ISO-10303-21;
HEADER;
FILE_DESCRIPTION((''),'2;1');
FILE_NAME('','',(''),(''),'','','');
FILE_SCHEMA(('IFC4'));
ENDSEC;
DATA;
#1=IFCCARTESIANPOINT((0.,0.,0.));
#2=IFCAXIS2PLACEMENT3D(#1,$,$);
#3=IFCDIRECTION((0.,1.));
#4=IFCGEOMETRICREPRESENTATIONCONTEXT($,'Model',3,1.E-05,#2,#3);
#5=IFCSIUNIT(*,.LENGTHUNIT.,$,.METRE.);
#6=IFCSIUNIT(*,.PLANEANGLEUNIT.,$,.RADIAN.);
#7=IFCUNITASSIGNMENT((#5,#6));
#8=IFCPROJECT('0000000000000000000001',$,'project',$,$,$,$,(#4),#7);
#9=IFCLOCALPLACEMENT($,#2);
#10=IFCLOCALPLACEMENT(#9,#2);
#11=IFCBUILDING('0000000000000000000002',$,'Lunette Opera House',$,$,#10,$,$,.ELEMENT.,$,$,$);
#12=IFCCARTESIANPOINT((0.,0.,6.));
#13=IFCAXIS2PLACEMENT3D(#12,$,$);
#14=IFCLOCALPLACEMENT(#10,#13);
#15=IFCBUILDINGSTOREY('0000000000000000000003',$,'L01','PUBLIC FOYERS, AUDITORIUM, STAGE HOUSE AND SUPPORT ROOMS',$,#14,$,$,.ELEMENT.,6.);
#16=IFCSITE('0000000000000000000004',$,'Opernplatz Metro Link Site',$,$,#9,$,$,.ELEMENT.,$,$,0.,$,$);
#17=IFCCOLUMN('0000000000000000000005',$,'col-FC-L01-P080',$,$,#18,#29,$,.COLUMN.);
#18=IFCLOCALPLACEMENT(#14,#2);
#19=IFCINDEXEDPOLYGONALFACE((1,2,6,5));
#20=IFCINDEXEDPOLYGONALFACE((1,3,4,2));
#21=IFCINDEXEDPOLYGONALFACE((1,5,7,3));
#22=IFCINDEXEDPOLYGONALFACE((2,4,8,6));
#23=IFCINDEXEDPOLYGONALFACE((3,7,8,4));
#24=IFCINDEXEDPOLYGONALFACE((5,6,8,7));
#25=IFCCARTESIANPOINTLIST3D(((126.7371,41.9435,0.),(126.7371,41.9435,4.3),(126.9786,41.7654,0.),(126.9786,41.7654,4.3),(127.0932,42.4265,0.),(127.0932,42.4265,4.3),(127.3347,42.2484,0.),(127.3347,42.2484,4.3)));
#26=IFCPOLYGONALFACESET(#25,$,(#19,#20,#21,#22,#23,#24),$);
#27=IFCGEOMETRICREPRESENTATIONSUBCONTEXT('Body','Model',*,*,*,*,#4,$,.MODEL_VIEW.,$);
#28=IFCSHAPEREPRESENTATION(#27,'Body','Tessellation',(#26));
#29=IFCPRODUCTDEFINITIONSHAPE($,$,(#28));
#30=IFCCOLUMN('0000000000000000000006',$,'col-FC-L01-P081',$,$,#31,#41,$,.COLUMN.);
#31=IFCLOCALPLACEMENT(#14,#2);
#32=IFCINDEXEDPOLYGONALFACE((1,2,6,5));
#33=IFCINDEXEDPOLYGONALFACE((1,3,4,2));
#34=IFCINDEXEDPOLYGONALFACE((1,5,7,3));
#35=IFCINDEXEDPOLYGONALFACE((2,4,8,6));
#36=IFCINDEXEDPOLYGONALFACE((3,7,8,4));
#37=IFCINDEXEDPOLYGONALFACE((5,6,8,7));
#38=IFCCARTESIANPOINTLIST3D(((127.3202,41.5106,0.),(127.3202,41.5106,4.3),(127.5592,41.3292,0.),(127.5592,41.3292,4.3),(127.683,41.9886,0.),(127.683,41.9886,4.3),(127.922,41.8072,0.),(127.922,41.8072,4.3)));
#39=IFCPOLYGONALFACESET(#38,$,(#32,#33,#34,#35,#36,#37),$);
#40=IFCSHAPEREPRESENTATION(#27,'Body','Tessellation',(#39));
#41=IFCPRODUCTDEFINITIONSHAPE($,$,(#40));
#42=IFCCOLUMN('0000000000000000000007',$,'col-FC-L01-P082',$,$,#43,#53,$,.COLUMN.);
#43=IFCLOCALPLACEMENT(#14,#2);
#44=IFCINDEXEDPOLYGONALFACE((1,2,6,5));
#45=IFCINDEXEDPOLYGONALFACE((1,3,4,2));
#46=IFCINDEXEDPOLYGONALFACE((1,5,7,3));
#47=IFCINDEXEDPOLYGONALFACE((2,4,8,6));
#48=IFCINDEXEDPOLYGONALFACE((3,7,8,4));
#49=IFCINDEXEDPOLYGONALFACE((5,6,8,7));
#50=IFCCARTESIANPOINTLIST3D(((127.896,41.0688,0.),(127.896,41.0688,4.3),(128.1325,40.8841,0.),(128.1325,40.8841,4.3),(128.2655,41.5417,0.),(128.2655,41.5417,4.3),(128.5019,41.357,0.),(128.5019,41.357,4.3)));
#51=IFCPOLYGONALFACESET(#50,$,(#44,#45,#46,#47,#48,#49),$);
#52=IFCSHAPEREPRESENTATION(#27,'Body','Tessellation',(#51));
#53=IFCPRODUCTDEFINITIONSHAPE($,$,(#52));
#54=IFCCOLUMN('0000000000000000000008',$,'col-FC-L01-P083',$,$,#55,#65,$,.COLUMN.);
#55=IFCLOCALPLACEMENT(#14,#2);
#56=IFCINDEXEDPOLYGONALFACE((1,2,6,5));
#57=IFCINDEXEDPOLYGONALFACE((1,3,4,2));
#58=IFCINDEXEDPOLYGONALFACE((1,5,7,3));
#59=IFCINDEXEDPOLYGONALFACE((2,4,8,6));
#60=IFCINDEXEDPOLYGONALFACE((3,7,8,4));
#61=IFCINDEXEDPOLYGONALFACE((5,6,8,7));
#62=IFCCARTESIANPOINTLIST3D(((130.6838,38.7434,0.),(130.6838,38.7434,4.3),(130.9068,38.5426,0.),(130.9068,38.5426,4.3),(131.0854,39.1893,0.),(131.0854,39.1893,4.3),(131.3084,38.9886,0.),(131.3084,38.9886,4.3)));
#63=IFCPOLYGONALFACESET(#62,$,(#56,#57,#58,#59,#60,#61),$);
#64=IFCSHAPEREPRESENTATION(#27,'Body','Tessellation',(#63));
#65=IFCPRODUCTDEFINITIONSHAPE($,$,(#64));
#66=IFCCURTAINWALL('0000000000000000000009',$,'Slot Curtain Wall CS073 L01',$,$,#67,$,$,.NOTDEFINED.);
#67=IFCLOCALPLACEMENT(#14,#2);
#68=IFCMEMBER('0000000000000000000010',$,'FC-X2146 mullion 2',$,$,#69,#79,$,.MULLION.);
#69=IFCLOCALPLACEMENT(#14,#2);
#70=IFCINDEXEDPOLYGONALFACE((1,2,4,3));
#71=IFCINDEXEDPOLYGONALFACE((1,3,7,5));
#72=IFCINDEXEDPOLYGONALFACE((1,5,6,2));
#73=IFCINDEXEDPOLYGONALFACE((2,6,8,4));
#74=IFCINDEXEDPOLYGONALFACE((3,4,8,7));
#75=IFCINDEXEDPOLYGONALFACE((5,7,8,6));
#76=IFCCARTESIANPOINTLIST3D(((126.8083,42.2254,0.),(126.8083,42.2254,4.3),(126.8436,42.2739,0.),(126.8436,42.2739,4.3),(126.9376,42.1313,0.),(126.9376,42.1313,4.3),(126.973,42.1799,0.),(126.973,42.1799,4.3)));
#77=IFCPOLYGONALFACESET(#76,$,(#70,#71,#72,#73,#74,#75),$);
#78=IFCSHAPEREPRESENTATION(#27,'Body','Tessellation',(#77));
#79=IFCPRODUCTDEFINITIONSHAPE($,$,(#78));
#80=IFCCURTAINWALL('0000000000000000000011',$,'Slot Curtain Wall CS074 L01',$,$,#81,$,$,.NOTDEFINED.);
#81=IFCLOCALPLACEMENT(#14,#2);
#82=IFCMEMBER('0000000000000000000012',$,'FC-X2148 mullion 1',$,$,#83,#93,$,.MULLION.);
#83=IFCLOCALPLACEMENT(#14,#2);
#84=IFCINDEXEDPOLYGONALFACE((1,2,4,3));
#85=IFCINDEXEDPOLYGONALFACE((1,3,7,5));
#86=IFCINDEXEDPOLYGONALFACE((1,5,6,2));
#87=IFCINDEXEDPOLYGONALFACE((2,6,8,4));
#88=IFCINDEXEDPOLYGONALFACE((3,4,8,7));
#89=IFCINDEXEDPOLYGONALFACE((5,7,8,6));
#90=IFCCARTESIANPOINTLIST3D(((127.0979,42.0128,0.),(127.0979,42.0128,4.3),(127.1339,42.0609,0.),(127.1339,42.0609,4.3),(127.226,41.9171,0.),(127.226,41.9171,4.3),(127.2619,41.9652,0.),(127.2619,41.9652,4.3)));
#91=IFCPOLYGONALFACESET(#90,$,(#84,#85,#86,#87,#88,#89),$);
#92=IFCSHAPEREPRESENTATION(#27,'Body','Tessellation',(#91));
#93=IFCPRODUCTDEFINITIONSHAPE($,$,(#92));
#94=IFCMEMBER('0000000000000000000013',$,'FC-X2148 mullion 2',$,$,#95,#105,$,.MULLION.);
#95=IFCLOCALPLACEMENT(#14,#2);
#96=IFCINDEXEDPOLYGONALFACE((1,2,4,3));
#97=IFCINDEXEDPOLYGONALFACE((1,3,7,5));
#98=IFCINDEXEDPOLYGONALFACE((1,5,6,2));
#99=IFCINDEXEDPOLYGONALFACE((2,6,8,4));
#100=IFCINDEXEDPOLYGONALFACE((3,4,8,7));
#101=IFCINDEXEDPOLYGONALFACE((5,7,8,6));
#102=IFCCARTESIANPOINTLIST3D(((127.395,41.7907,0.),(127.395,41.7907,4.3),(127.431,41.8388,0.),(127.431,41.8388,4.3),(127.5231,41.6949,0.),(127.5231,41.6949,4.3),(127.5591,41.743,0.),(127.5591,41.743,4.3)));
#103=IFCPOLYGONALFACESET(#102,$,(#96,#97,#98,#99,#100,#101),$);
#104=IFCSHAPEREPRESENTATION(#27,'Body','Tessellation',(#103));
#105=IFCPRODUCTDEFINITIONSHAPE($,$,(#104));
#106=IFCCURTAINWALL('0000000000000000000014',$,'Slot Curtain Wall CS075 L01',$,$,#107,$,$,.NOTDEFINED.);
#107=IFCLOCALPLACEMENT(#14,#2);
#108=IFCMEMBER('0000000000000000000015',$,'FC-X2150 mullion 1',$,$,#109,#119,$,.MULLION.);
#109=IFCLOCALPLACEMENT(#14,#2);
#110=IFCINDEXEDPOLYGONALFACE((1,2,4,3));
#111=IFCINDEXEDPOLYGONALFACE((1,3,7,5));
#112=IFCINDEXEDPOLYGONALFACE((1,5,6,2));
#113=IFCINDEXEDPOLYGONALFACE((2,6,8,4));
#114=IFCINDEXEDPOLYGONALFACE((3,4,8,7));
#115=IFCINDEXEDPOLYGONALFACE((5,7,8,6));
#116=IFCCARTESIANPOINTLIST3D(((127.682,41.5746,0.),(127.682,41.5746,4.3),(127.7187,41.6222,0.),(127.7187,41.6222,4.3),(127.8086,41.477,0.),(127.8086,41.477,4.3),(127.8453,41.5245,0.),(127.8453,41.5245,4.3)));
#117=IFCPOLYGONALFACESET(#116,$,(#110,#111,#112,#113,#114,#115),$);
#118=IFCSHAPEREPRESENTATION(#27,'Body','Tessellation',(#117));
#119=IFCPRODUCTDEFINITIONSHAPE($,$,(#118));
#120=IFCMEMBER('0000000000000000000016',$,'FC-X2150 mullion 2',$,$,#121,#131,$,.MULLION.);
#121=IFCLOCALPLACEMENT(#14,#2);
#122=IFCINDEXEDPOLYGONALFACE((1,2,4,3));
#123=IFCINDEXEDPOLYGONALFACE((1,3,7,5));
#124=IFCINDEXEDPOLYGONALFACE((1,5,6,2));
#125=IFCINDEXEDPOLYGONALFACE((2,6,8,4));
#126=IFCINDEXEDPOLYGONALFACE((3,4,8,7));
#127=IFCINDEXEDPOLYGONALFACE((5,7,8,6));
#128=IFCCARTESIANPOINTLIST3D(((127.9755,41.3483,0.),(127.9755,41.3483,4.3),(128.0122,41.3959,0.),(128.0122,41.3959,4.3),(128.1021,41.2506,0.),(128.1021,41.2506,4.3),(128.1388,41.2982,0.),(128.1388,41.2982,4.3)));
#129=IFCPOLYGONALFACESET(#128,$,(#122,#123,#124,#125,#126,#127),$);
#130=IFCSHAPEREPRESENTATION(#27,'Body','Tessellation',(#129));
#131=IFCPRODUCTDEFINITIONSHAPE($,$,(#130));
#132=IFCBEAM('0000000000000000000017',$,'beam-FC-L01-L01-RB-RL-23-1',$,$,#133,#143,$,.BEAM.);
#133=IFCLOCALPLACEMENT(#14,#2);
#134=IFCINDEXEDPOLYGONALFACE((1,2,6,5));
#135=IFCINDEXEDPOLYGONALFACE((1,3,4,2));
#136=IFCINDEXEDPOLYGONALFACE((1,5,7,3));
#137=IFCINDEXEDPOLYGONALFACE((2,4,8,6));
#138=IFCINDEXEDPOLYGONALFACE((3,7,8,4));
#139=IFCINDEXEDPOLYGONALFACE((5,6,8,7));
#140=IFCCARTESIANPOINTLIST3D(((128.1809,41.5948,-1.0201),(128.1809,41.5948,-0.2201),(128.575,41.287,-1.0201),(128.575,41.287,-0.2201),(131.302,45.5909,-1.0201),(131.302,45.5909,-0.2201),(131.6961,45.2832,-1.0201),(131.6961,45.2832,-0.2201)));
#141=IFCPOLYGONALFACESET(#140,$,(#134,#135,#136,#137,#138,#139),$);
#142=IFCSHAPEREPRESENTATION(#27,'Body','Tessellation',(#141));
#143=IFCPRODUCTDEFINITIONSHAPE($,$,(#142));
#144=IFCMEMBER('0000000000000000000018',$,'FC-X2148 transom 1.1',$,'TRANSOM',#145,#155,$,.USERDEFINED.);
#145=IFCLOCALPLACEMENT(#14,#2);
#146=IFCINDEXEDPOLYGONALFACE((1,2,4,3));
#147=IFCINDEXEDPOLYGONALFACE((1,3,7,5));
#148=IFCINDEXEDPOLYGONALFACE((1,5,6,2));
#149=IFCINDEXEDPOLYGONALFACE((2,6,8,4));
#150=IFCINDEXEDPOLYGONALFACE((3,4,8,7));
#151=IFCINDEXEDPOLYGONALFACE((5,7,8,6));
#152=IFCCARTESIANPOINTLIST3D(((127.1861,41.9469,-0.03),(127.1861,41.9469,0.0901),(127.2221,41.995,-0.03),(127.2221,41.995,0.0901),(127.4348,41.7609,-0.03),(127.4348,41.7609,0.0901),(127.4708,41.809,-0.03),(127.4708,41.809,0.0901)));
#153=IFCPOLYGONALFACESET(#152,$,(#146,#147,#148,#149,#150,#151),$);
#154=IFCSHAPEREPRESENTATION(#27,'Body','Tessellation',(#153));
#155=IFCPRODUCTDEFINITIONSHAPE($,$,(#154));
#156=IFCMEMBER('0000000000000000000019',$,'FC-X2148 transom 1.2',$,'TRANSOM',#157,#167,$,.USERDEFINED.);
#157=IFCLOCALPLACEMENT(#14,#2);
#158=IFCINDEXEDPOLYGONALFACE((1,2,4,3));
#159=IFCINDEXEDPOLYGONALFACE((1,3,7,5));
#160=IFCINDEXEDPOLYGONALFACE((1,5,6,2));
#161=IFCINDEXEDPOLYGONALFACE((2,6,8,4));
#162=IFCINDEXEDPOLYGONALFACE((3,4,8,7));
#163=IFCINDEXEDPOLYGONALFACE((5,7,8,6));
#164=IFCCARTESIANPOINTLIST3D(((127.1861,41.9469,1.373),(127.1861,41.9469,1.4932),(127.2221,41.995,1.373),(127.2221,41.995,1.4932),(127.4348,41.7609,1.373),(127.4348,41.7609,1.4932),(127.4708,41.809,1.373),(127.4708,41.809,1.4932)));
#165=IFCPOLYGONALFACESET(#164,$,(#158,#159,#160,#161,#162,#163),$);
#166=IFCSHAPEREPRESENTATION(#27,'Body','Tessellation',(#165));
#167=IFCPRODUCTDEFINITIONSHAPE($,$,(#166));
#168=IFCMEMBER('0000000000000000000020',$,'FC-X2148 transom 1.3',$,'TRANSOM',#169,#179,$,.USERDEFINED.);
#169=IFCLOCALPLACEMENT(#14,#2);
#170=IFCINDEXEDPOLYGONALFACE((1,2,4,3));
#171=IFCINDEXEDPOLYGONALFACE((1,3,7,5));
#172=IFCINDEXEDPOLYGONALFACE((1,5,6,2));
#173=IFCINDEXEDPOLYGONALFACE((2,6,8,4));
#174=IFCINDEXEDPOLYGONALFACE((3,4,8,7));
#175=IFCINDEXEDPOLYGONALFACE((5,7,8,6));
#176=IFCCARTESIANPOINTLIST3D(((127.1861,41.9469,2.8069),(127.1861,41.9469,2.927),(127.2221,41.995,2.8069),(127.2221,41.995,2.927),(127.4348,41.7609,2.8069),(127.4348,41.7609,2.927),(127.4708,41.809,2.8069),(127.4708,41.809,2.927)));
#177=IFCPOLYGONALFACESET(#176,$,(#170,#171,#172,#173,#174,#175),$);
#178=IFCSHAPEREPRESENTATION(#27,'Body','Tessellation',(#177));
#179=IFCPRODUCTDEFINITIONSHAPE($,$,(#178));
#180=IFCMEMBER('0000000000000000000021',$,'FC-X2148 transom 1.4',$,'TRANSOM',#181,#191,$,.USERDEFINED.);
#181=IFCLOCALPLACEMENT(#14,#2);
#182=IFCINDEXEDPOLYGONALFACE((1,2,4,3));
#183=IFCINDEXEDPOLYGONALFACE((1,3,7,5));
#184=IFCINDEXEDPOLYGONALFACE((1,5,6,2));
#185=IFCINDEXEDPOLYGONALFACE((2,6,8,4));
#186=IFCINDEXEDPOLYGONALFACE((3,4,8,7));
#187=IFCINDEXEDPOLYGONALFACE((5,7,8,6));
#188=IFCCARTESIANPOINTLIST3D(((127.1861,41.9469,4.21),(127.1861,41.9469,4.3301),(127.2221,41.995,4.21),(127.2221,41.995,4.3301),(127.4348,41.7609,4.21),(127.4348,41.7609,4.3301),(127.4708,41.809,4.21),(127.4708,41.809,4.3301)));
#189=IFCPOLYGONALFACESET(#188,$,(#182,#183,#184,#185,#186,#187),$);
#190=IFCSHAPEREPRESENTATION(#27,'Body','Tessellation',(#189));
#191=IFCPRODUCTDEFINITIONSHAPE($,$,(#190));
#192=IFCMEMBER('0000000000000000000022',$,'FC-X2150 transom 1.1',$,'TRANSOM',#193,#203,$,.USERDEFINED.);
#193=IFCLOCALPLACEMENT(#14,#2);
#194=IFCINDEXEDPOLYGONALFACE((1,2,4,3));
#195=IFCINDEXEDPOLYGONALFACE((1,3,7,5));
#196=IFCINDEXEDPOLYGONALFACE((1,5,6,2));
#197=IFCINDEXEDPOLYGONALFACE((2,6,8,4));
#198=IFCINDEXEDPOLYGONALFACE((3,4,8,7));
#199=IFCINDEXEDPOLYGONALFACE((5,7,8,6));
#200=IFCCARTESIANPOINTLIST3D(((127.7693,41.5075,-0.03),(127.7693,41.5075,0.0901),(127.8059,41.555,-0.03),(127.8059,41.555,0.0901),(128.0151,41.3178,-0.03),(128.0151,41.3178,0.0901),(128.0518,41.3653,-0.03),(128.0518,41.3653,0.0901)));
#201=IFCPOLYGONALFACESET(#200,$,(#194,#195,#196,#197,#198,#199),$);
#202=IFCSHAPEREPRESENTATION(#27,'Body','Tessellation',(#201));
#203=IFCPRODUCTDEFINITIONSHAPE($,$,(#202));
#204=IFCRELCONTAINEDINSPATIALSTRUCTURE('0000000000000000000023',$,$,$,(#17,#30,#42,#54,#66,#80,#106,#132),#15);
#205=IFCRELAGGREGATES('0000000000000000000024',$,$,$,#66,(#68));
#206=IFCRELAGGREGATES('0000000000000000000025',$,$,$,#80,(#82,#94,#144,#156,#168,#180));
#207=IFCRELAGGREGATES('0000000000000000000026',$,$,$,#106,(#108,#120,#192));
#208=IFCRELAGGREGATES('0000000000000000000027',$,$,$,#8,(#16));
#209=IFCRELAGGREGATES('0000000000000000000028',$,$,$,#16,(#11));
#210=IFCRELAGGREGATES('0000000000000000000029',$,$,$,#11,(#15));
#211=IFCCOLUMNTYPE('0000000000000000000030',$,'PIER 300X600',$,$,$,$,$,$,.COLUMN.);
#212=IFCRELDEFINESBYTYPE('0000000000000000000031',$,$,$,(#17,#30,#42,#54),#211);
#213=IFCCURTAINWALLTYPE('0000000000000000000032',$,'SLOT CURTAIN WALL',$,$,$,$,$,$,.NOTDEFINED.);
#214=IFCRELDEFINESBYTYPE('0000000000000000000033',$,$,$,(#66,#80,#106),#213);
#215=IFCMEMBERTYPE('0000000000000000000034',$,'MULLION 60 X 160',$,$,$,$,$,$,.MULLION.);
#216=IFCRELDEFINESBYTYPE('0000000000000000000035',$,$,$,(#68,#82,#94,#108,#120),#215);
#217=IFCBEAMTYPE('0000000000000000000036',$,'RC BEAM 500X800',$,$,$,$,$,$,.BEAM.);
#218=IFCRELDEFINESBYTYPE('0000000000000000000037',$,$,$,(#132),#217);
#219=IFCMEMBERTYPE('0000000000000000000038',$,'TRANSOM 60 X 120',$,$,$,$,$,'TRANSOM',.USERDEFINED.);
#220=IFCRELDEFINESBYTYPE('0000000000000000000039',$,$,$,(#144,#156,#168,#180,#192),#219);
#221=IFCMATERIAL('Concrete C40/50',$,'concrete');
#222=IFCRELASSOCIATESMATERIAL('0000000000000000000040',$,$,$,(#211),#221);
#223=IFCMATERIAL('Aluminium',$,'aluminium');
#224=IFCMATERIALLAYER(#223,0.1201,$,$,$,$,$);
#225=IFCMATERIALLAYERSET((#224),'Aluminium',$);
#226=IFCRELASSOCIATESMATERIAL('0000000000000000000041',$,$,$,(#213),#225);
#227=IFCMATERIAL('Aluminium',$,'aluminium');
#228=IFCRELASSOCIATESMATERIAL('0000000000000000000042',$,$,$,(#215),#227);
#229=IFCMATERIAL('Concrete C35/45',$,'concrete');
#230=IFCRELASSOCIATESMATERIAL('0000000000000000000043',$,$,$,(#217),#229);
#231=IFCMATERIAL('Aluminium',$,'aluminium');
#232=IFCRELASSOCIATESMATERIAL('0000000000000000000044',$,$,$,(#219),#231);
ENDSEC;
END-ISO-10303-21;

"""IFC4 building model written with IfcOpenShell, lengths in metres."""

from ifc_helpers import new_model, si_unit, direction, frame, origin, origin_2d, place, context, subcontext, project, spatial, rectangle, extrude, material, layer, layer_set, material_profile, profile_set, type_object, element, aggregate, save


model = new_model("IFC4")

# Units and contexts
model_context = context("Model", 3, precision=1e-05, world=origin(), true_north=direction((0.0, 1.0)))
body_context = subcontext(model_context, "Body", "Model", "MODEL_VIEW")
ifc_project = project(units=[si_unit("LENGTHUNIT", "METRE"), si_unit("PLANEANGLEUNIT", "RADIAN")], contexts=[model_context])

# Site, building, storey
site_placement = place(None, origin())
site = spatial("IfcSite", under=ifc_project, at=site_placement, Name="Opernplatz Metro Link Site", CompositionType="ELEMENT", RefElevation=0.0)
building_placement = place(site_placement, origin())
building = spatial("IfcBuilding", under=site, at=building_placement, Name="Lunette Opera House", CompositionType="ELEMENT")
storey_placement = place(building_placement, frame((0.0, 0.0, 6.0)))
storey = spatial("IfcBuildingStorey", under=building, at=storey_placement, Name="L01", Description="PUBLIC FOYERS, AUDITORIUM, STAGE HOUSE AND SUPPORT ROOMS", CompositionType="ELEMENT", Elevation=6.0)

# Columns
ifc_material_1 = material(Name="Concrete C40/50", Category="concrete")
ifc_material_profile_1 = material_profile(ifc_material_1, rectangle(XDim=0.3, YDim=0.6001, at=origin_2d()), Name="PIER 300X600")
ifc_profile_set_1 = profile_set([ifc_material_profile_1], Name="Concrete C40/50")
column_type = type_object("IfcColumnType", Name="PIER 300X600", PredefinedType="COLUMN", material=ifc_profile_set_1)
for number, where, z_axis, x_axis, name in (
    (1, (127.0359, 42.0959, 0.0), (0.0, 0.0, 1.0), (0.804894, -0.593419, 0.0), "col-FC-L01-P080"),
    (2, (127.6211, 41.6589, 0.0), (0.0, 0.0, 1.0), (0.79653, -0.604599, 0.0), "col-FC-L01-P081"),
    (3, (128.199, 41.2129, 0.0), (0.0, 0.0, 1.0), (0.788011, -0.615661, 0.0), "col-FC-L01-P082"),
    (4, (130.9961, 38.866, 0.0), (0.0, 0.0, 1.0), (0.743145, -0.669131, 0.0), "col-FC-L01-P083"),
):
    element("IfcColumn", number, at=place(storey_placement, frame(where, z_axis=z_axis, x_axis=x_axis)), inside=storey, type_object=column_type, Name=name, PredefinedType="COLUMN", context=body_context, shape_type="SweptSolid", body=[
        extrude(rectangle(XDim=0.3, YDim=0.6001, at=origin_2d()), origin(), (0.0, 0.0, 1.0), 4.3),
    ])

# Curtain wall, member
ifc_material_2 = material(Name="Aluminium", Category="aluminium")
ifc_layer_1 = layer(ifc_material_2, 0.1201)
ifc_layer_set_1 = layer_set([ifc_layer_1], Name="Aluminium")
curtain_wall_type = type_object("IfcCurtainWallType", Name="SLOT CURTAIN WALL", PredefinedType="NOTDEFINED", material=ifc_layer_set_1)
curtain_wall_1_placement = place(storey_placement, origin())
curtain_wall_1 = element("IfcCurtainWall", 5, at=curtain_wall_1_placement, inside=storey, type_object=curtain_wall_type, Name="Slot Curtain Wall CS073 L01", PredefinedType="NOTDEFINED")
ifc_material_3 = material(Name="Aluminium", Category="aluminium")
ifc_material_profile_2 = material_profile(ifc_material_3, rectangle(XDim=0.0601, YDim=0.1599, at=origin_2d()), Name="MULLION 60 X 160")
ifc_profile_set_2 = profile_set([ifc_material_profile_2], Name="Aluminium")
member_type_1 = type_object("IfcMemberType", Name="MULLION 60 X 160", PredefinedType="MULLION", material=ifc_profile_set_2)
member_1_placement = place(storey_placement, frame((126.8906, 42.2026, 0.0), z_axis=(0.0, 0.0, 1.0), x_axis=(0.588033, 0.808837, 0.0)))
member_1 = element("IfcMember", 6, at=member_1_placement, type_object=member_type_1, Name="FC-X2146 mullion 2", PredefinedType="MULLION", context=body_context, shape_type="SweptSolid", body=[
    extrude(rectangle(XDim=0.0601, YDim=0.1599, at=origin_2d()), origin(), (0.0, 0.0, 1.0), 4.3),
])

# Curtain walls, members
curtain_wall_2_placement = place(storey_placement, origin())
curtain_wall_2 = element("IfcCurtainWall", 7, at=curtain_wall_2_placement, inside=storey, type_object=curtain_wall_type, Name="Slot Curtain Wall CS074 L01", PredefinedType="NOTDEFINED")
member_2_placement = place(storey_placement, frame((127.1799, 41.989, 0.0), z_axis=(0.0, 0.0, 1.0), x_axis=(0.598885, 0.800835, 0.0)))
member_2 = element("IfcMember", 8, at=member_2_placement, type_object=member_type_1, Name="FC-X2148 mullion 1", PredefinedType="MULLION", context=body_context, shape_type="SweptSolid", body=[
    extrude(rectangle(XDim=0.0601, YDim=0.1599, at=origin_2d()), origin(), (0.0, 0.0, 1.0), 4.3),
])
member_3_placement = place(storey_placement, frame((127.4771, 41.7668, 0.0), z_axis=(0.0, 0.0, 1.0), x_axis=(0.598885, 0.800835, 0.0)))
member_3 = element("IfcMember", 9, at=member_3_placement, type_object=member_type_1, Name="FC-X2148 mullion 2", PredefinedType="MULLION", context=body_context, shape_type="SweptSolid", body=[
    extrude(rectangle(XDim=0.0601, YDim=0.1599, at=origin_2d()), origin(), (0.0, 0.0, 1.0), 4.3),
])
curtain_wall_3_placement = place(storey_placement, origin())
curtain_wall_3 = element("IfcCurtainWall", 10, at=curtain_wall_3_placement, inside=storey, type_object=curtain_wall_type, Name="Slot Curtain Wall CS075 L01", PredefinedType="NOTDEFINED")
member_4_placement = place(storey_placement, frame((127.7637, 41.5496, 0.0), z_axis=(0.0, 0.0, 1.0), x_axis=(0.61072, 0.791846, 0.0)))
member_4 = element("IfcMember", 11, at=member_4_placement, type_object=member_type_1, Name="FC-X2150 mullion 1", PredefinedType="MULLION", context=body_context, shape_type="SweptSolid", body=[
    extrude(rectangle(XDim=0.0601, YDim=0.1599, at=origin_2d()), origin(), (0.0, 0.0, 1.0), 4.3),
])
member_5_placement = place(storey_placement, frame((128.0571, 41.3232, 0.0), z_axis=(0.0, 0.0, 1.0), x_axis=(0.61072, 0.791846, 0.0)))
member_5 = element("IfcMember", 12, at=member_5_placement, type_object=member_type_1, Name="FC-X2150 mullion 2", PredefinedType="MULLION", context=body_context, shape_type="SweptSolid", body=[
    extrude(rectangle(XDim=0.0601, YDim=0.1599, at=origin_2d()), origin(), (0.0, 0.0, 1.0), 4.3),
])

# Beam
ifc_material_4 = material(Name="Concrete C35/45", Category="concrete")
ifc_material_profile_3 = material_profile(ifc_material_4, rectangle(XDim=0.5, YDim=0.8, at=origin_2d()), Name="RC BEAM 500X800")
ifc_profile_set_3 = profile_set([ifc_material_profile_3], Name="Concrete C35/45")
beam_type = type_object("IfcBeamType", Name="RC BEAM 500X800", PredefinedType="BEAM", material=ifc_profile_set_3)
beam_placement = place(storey_placement, frame((128.3779, 41.4409, -0.6201), z_axis=(0.615539, 0.788106, 0.0), x_axis=(-0.788106, 0.615539, 0.0)))
element("IfcBeam", 13, at=beam_placement, inside=storey, type_object=beam_type, Name="beam-FC-L01-L01-RB-RL-23-1", PredefinedType="BEAM", context=body_context, shape_type="SweptSolid", body=[
    extrude(rectangle(XDim=0.5, YDim=0.8, at=origin_2d()), origin(), (0.0, 0.0, 1.0), 5.0706),
])

# Members
ifc_material_5 = material(Name="Aluminium", Category="aluminium")
ifc_material_profile_4 = material_profile(ifc_material_5, rectangle(XDim=0.0601, YDim=0.1201, at=origin_2d()), Name="TRANSOM 60 X 120")
ifc_profile_set_4 = profile_set([ifc_material_profile_4], Name="Aluminium")
member_type_2 = type_object("IfcMemberType", Name="TRANSOM 60 X 120", ElementType="TRANSOM", PredefinedType="USERDEFINED", material=ifc_profile_set_4)
member_6_placement = place(storey_placement, frame((127.2041, 41.9709, 0.03), z_axis=(0.800848, -0.598868, 0.0), x_axis=(0.598868, 0.800848, 0.0)))
member_6 = element("IfcMember", 14, at=member_6_placement, type_object=member_type_2, Name="FC-X2148 transom 1.1", ObjectType="TRANSOM", PredefinedType="USERDEFINED", context=body_context, shape_type="SweptSolid", body=[
    extrude(rectangle(XDim=0.0601, YDim=0.1201, at=origin_2d()), origin(), (0.0, 0.0, 1.0), 0.3105),
])
member_7_placement = place(storey_placement, frame((127.2041, 41.9709, 1.4331), z_axis=(0.800848, -0.598868, 0.0), x_axis=(0.598868, 0.800848, 0.0)))
member_7 = element("IfcMember", 15, at=member_7_placement, type_object=member_type_2, Name="FC-X2148 transom 1.2", ObjectType="TRANSOM", PredefinedType="USERDEFINED", context=body_context, shape_type="SweptSolid", body=[
    extrude(rectangle(XDim=0.0601, YDim=0.1201, at=origin_2d()), origin(), (0.0, 0.0, 1.0), 0.3105),
])
member_8_placement = place(storey_placement, frame((127.2041, 41.9709, 2.8669), z_axis=(0.800848, -0.598868, 0.0), x_axis=(0.598868, 0.800848, 0.0)))
member_8 = element("IfcMember", 16, at=member_8_placement, type_object=member_type_2, Name="FC-X2148 transom 1.3", ObjectType="TRANSOM", PredefinedType="USERDEFINED", context=body_context, shape_type="SweptSolid", body=[
    extrude(rectangle(XDim=0.0601, YDim=0.1201, at=origin_2d()), origin(), (0.0, 0.0, 1.0), 0.3105),
])
member_9_placement = place(storey_placement, frame((127.2041, 41.9709, 4.27), z_axis=(0.800848, -0.598868, 0.0), x_axis=(0.598868, 0.800848, 0.0)))
member_9 = element("IfcMember", 17, at=member_9_placement, type_object=member_type_2, Name="FC-X2148 transom 1.4", ObjectType="TRANSOM", PredefinedType="USERDEFINED", context=body_context, shape_type="SweptSolid", body=[
    extrude(rectangle(XDim=0.0601, YDim=0.1201, at=origin_2d()), origin(), (0.0, 0.0, 1.0), 0.3105),
])
member_10_placement = place(storey_placement, frame((127.7876, 41.5312, 0.03), z_axis=(0.791717, -0.610888, 0.0), x_axis=(0.610888, 0.791717, 0.0)))
member_10 = element("IfcMember", 18, at=member_10_placement, type_object=member_type_2, Name="FC-X2150 transom 1.1", ObjectType="TRANSOM", PredefinedType="USERDEFINED", context=body_context, shape_type="SweptSolid", body=[
    extrude(rectangle(XDim=0.0601, YDim=0.1201, at=origin_2d()), origin(), (0.0, 0.0, 1.0), 0.3105),
])

aggregate(curtain_wall_1, [member_1])
aggregate(curtain_wall_2, [member_2, member_3, member_6, member_7, member_8, member_9])
aggregate(curtain_wall_3, [member_4, member_5, member_10])

save(model, "model.ifc")
